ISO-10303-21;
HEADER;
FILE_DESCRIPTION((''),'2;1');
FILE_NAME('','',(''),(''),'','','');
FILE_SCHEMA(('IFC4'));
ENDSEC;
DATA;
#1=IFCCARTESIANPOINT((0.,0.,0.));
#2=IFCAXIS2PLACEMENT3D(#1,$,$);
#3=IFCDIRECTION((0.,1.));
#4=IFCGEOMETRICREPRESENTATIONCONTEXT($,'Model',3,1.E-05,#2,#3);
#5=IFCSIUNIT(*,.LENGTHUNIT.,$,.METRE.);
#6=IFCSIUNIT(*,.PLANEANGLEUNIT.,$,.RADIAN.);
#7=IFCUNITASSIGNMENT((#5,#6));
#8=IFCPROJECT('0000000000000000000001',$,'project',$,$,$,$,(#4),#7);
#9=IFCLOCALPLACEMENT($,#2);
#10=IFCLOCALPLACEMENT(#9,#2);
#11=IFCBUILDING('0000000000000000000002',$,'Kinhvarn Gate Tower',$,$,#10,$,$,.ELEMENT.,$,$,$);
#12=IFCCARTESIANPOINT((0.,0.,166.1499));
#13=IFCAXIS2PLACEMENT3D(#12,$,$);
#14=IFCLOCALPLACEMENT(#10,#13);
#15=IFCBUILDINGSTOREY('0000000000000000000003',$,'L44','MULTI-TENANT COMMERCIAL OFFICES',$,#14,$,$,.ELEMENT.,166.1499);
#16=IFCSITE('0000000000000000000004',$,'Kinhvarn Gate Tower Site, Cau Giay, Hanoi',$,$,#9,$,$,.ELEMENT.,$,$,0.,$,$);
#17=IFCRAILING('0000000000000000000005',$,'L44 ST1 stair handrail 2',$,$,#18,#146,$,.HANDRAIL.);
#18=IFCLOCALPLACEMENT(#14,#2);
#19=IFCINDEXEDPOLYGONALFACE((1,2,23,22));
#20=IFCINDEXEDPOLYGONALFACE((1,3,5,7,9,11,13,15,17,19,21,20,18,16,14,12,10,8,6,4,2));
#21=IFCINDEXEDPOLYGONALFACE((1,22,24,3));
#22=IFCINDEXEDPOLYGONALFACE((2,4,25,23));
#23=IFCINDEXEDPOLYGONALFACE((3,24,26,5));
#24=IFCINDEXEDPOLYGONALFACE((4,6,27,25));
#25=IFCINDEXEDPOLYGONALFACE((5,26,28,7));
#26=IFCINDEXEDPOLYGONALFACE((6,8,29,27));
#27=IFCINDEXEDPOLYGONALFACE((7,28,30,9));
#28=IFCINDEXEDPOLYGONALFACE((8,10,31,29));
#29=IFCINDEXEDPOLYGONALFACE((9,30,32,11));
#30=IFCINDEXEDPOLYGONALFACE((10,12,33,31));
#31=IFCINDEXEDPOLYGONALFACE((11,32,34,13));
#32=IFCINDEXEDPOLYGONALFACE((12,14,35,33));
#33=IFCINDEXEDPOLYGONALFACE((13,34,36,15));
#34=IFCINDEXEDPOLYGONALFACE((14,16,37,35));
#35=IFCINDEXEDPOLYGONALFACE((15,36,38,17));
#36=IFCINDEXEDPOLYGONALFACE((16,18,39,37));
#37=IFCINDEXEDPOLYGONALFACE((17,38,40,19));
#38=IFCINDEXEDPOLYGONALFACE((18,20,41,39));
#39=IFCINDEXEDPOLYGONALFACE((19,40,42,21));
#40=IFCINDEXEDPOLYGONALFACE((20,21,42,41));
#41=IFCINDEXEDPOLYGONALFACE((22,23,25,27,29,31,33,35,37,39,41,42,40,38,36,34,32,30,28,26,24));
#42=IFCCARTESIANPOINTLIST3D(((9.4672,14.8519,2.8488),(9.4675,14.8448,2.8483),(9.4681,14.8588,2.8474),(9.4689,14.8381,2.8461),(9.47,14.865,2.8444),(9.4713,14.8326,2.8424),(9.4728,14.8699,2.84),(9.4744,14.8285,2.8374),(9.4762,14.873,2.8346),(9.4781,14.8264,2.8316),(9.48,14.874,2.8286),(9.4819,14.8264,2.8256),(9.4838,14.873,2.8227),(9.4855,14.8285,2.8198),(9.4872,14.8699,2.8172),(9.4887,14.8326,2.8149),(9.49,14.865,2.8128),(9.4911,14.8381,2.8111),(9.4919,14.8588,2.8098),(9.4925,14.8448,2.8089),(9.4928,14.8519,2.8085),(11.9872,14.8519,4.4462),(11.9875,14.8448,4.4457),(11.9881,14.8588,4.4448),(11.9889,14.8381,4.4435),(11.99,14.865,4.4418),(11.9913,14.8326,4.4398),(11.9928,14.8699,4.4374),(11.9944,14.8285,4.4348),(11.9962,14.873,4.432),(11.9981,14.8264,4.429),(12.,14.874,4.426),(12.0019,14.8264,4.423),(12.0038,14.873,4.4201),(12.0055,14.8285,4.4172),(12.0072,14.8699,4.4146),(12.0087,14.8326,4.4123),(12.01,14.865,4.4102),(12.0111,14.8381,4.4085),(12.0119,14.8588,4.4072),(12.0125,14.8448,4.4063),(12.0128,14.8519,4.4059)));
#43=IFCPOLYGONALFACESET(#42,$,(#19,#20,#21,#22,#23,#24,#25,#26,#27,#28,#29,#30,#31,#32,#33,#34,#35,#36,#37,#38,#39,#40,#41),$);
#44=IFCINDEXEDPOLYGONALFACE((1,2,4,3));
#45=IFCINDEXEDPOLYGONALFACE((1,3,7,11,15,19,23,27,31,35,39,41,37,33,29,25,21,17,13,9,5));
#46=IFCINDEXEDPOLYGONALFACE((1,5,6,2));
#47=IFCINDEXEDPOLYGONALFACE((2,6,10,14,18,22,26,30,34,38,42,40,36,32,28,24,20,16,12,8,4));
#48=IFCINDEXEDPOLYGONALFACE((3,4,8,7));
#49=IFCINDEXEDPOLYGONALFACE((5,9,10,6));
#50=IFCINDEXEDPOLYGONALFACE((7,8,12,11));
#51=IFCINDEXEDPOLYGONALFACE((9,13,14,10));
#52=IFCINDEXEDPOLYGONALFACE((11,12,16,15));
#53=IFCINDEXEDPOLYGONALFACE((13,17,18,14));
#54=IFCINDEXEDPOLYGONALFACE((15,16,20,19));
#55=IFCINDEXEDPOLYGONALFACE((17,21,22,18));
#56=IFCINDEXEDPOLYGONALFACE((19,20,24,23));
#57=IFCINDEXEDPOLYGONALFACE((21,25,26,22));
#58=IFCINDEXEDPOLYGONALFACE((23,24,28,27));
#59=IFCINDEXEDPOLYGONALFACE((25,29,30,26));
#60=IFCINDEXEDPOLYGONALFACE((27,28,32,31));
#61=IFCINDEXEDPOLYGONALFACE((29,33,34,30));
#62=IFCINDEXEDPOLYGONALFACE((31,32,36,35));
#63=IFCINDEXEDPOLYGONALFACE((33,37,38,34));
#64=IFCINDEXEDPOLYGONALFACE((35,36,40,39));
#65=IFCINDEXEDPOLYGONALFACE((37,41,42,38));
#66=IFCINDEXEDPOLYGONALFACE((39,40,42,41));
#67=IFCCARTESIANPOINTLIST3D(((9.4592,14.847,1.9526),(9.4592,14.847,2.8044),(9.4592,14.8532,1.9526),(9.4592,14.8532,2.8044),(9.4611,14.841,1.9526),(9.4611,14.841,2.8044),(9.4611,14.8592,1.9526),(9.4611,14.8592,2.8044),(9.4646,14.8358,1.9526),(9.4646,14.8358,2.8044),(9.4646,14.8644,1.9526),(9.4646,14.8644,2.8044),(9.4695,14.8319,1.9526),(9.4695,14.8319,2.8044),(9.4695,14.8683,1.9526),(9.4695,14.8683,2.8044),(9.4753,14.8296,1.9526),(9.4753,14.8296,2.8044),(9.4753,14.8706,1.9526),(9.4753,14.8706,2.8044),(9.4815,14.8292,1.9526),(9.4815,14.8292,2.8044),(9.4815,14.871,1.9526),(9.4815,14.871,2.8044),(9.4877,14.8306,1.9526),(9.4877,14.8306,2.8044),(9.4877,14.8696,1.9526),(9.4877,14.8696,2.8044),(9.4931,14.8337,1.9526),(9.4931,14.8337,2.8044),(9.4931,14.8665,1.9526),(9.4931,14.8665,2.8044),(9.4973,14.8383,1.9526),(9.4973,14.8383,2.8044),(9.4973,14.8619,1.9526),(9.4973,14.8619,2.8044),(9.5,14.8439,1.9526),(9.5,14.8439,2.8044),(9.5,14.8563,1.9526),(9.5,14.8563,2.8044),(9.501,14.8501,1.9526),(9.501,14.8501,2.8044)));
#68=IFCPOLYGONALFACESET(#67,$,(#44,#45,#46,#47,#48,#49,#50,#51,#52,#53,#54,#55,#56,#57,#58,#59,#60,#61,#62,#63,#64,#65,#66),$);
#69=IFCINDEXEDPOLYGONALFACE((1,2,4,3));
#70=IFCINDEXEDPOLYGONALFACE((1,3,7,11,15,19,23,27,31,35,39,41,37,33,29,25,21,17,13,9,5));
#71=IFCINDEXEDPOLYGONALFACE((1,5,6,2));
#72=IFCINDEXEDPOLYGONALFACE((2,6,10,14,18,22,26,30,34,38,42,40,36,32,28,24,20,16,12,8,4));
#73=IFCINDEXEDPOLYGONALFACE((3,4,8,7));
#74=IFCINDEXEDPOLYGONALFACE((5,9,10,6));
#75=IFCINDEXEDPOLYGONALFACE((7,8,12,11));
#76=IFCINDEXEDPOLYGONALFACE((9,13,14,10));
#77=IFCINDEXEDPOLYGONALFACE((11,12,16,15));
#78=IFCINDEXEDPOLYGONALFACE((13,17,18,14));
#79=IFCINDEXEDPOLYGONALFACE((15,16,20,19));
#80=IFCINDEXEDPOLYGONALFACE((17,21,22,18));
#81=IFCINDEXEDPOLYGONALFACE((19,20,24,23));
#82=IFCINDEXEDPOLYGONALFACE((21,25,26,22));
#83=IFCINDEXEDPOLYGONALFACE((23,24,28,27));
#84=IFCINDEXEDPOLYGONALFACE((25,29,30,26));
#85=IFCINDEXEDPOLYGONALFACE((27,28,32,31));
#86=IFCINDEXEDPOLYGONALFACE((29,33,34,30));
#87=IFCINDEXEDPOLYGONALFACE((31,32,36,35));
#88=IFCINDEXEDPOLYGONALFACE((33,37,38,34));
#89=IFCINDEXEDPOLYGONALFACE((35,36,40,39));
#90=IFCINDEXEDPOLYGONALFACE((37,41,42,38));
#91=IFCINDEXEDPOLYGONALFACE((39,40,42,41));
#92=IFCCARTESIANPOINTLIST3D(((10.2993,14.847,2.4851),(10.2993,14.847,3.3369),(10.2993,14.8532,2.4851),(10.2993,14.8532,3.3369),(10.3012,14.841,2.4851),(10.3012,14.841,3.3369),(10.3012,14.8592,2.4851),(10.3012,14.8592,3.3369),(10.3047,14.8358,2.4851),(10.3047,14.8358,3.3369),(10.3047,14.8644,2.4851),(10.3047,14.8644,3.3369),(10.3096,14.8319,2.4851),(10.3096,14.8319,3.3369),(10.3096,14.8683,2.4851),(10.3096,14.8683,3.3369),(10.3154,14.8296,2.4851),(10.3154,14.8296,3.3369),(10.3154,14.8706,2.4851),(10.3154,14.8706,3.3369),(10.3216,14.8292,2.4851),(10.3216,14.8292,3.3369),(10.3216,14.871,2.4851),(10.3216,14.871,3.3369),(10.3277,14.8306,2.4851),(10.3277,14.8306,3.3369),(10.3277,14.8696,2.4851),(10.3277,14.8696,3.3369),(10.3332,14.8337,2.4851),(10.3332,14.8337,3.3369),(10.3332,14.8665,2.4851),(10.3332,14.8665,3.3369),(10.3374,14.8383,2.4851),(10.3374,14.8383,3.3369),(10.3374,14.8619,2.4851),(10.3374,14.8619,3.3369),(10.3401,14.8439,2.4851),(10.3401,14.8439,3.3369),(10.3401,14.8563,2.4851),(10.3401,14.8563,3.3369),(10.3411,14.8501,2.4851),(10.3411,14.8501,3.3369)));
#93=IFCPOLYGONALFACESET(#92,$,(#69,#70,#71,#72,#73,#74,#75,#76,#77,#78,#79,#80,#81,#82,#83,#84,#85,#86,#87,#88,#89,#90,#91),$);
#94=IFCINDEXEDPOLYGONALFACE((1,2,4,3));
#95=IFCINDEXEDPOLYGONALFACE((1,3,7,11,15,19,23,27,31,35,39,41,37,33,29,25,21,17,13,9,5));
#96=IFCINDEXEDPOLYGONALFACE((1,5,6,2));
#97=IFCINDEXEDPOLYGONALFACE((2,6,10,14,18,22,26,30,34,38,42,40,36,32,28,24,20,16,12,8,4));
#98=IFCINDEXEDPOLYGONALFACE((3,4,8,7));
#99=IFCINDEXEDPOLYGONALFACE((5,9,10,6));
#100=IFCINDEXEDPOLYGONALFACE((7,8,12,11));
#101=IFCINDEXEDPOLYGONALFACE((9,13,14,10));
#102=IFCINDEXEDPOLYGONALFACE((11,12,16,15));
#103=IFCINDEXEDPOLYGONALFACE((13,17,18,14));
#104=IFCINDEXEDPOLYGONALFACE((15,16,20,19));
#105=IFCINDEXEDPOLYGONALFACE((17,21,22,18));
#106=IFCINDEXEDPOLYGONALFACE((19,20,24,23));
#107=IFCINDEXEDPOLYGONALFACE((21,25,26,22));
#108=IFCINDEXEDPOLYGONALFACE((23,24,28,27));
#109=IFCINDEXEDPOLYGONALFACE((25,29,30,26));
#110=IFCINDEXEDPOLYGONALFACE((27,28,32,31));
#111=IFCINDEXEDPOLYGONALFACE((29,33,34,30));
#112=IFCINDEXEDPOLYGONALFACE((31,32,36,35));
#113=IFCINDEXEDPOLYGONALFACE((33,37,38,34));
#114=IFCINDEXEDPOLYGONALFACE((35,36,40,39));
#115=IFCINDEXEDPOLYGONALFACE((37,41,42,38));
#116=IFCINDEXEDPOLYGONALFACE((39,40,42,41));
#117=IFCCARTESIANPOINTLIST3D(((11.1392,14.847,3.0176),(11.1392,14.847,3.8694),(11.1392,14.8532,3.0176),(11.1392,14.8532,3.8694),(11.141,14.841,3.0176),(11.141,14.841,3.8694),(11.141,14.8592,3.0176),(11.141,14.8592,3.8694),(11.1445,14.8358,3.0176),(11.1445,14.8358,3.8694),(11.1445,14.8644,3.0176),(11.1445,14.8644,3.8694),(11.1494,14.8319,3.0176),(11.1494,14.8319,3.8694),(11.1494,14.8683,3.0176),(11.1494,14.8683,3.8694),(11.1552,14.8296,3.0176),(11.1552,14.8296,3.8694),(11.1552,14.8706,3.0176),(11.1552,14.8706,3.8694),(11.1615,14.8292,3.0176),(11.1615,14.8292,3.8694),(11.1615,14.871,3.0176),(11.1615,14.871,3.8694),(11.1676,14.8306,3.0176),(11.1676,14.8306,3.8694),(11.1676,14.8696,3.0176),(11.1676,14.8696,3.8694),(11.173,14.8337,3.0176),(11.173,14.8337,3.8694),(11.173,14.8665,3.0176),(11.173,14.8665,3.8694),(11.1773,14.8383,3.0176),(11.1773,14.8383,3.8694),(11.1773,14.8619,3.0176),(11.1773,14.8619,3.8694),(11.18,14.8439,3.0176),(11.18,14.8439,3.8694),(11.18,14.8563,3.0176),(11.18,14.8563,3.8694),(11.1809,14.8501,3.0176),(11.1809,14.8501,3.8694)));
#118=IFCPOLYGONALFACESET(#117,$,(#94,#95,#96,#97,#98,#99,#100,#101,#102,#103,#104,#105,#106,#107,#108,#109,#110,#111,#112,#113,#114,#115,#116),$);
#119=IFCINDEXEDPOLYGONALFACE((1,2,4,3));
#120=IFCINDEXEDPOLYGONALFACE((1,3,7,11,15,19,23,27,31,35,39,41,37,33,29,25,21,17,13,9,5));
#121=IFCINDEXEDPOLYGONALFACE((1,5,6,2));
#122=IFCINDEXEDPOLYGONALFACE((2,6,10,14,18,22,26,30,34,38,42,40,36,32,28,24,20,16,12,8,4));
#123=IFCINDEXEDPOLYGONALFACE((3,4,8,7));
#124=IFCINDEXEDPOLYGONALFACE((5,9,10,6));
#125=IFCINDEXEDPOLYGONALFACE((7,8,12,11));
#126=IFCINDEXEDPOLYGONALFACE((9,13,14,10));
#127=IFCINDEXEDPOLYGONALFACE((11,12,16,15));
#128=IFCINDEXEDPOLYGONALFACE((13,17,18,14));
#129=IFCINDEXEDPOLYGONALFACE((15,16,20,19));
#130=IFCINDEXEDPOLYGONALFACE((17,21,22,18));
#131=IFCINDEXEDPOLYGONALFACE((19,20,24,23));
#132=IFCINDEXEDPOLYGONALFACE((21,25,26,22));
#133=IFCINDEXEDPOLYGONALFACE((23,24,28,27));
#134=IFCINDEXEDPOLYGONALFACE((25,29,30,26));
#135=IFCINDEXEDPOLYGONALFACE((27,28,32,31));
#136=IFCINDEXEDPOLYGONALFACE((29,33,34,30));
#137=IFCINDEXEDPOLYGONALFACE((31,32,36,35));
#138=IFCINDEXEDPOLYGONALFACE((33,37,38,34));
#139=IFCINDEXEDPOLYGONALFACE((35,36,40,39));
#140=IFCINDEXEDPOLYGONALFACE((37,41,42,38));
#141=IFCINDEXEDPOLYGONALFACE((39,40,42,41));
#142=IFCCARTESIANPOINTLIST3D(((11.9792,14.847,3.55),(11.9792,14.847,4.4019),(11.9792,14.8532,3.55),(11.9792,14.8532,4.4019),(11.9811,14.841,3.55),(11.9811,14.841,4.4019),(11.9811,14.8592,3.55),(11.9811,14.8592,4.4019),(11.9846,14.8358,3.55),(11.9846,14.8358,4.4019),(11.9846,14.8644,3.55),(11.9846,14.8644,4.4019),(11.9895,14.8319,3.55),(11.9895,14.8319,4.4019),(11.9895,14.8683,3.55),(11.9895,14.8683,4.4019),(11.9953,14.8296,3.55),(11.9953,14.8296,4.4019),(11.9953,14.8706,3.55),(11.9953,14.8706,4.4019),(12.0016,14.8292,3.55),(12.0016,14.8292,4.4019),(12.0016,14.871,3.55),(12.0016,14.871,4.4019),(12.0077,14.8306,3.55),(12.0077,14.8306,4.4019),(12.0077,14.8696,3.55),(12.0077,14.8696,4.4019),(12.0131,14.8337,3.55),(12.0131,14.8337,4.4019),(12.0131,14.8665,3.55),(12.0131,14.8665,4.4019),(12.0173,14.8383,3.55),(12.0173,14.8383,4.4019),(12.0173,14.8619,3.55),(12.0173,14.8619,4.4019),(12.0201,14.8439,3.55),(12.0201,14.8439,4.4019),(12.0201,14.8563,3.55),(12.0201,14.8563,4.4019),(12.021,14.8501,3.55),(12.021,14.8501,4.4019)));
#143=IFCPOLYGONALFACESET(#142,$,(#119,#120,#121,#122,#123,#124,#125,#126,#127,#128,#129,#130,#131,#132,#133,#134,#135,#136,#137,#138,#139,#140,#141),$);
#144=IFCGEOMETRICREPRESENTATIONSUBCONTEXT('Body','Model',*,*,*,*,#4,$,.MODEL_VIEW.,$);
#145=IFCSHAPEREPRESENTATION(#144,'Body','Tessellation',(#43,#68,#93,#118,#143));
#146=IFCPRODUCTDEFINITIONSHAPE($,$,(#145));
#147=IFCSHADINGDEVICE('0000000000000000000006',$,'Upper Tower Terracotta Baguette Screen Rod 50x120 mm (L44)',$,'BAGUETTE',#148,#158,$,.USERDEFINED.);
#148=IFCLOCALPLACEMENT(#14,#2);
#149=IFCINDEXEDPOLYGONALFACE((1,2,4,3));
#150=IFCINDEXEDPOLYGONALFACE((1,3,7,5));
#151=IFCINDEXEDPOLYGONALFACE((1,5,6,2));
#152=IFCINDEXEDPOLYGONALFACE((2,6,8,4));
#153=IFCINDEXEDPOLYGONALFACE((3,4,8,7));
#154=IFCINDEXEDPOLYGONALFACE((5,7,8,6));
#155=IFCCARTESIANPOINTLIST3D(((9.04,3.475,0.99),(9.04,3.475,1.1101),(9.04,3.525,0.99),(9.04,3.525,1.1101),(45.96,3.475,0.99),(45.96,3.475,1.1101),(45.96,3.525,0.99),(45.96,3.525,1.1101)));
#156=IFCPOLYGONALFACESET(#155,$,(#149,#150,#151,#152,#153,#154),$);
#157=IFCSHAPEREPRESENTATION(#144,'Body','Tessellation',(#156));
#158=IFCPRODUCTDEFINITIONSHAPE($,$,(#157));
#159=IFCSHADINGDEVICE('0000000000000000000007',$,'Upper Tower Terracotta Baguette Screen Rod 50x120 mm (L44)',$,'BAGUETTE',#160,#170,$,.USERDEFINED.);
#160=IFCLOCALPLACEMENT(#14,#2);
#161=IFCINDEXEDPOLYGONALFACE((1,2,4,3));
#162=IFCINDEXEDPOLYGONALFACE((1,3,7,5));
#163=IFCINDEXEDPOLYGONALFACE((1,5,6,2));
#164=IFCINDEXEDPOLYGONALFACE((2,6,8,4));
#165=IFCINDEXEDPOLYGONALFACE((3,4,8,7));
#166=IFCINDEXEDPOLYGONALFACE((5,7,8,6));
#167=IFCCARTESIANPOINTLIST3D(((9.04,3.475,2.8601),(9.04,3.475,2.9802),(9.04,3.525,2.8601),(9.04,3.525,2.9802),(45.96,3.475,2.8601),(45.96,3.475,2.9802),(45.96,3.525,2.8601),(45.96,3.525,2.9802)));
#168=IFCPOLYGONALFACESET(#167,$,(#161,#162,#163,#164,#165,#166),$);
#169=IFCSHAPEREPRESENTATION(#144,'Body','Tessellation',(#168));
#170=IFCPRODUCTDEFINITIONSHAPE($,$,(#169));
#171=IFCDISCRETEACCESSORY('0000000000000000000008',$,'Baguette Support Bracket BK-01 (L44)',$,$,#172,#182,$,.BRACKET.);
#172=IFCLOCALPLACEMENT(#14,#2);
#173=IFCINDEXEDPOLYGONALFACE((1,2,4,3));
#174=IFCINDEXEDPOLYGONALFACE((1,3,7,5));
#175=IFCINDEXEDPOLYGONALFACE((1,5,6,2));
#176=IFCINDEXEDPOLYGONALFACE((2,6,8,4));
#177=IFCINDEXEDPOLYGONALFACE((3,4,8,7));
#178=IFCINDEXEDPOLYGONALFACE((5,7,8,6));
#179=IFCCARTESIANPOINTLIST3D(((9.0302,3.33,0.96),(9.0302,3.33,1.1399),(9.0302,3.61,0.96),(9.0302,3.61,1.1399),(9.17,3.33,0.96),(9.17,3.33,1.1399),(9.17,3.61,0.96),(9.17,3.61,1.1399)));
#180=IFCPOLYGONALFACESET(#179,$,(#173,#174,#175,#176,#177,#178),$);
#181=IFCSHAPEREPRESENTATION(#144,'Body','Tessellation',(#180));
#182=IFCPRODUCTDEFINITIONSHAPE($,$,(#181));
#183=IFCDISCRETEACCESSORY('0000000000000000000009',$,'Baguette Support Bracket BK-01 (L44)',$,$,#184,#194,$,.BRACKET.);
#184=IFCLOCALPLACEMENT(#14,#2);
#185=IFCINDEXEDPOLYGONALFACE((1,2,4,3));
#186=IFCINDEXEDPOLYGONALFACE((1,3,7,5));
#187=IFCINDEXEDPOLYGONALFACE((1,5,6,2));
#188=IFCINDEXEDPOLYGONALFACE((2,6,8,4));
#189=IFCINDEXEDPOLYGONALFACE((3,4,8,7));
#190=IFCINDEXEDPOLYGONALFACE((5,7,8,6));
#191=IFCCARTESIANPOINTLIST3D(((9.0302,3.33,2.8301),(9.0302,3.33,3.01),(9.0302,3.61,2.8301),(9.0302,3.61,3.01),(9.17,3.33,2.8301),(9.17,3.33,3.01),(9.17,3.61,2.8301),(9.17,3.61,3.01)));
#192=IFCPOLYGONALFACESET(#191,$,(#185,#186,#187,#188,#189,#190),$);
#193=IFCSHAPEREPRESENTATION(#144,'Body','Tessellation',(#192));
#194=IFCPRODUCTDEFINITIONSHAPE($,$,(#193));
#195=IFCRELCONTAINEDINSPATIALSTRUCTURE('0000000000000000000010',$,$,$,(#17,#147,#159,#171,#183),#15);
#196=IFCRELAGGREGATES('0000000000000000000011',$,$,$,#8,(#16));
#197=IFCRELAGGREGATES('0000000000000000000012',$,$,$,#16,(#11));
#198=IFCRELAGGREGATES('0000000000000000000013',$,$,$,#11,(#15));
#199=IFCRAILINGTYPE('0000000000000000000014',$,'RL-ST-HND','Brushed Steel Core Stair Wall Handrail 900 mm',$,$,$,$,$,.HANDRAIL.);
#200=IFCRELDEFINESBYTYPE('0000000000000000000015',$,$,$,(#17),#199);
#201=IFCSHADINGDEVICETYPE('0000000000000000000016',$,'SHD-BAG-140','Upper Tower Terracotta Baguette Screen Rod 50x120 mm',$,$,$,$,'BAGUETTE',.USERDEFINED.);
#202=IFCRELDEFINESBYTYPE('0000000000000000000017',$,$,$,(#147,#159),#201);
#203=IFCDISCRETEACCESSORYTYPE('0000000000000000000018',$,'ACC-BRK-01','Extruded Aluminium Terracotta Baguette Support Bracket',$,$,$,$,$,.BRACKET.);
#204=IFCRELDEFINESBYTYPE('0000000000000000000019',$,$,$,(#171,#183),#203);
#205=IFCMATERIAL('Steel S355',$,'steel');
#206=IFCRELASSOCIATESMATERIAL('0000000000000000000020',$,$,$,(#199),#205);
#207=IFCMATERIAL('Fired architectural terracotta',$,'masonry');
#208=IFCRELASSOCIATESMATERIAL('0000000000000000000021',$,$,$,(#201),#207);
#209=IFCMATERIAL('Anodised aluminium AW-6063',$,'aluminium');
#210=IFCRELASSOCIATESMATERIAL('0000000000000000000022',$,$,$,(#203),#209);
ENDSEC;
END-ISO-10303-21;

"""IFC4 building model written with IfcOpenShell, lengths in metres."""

from ifc_helpers import new_model, si_unit, direction, frame, origin, origin_2d, place, context, subcontext, project, spatial, rectangle, circle, extrude, material, material_profile, profile_set, type_object, element, save


model = new_model("IFC4")

# Units and contexts
model_context = context("Model", 3, precision=1e-05, world=origin(), true_north=direction((0.0, 1.0)))
body_context = subcontext(model_context, "Body", "Model", "MODEL_VIEW")
ifc_project = project(units=[si_unit("LENGTHUNIT", "METRE"), si_unit("PLANEANGLEUNIT", "RADIAN")], contexts=[model_context])

# Site, building, storey
site_placement = place(None, origin())
site = spatial("IfcSite", under=ifc_project, at=site_placement, Name="Kinhvarn Gate Tower Site, Cau Giay, Hanoi", CompositionType="ELEMENT", RefElevation=0.0)
building_placement = place(site_placement, origin())
building = spatial("IfcBuilding", under=site, at=building_placement, Name="Kinhvarn Gate Tower", CompositionType="ELEMENT")
storey_placement = place(building_placement, frame((0.0, 0.0, 166.1499)))
storey = spatial("IfcBuildingStorey", under=building, at=storey_placement, Name="L44", Description="MULTI-TENANT COMMERCIAL OFFICES", CompositionType="ELEMENT", Elevation=166.1499)

# Shared definitions
ifc_material_1 = material(Name="Anodised aluminium AW-6063", Category="aluminium")

# Shared definitions
ifc_material_2 = material(Name="Steel S355", Category="steel")

# Shared definitions
ifc_material_3 = material(Name="Fired architectural terracotta", Category="masonry")

# Railing
railing_type_1 = type_object("IfcRailingType", Name="RL-ST-HND", Description="Brushed Steel Core Stair Wall Handrail 900 mm", PredefinedType="HANDRAIL", material=ifc_material_2)
railing_1_placement = place(storey_placement, frame((9.48, 14.8501, 1.9526)))
element("IfcRailing", 1, at=railing_1_placement, inside=storey, type_object=railing_type_1, Name="L44 ST1 stair handrail 2", PredefinedType="HANDRAIL", context=body_context, shape_type="SweptSolid", body=[
    extrude(circle(Radius=0.0239, at=origin_2d()), frame((0.0, 0.0, 0.876), z_axis=(0.844607, 0.0, 0.535387), x_axis=(0.0, 1.0, 0.0)), (0.0, 0.0, 1.0), 2.9836),
    extrude(circle(Radius=0.021, at=origin_2d()), origin(), (0.0, 0.0, 1.0), 0.8518),
    extrude(circle(Radius=0.021, at=origin_2d()), frame((0.8401, 0.0, 0.5325)), (0.0, 0.0, 1.0), 0.8518),
    extrude(circle(Radius=0.021, at=origin_2d()), frame((1.6799, 0.0, 1.0649)), (0.0, 0.0, 1.0), 0.8518),
    extrude(circle(Radius=0.021, at=origin_2d()), frame((2.52, 0.0, 1.5974)), (0.0, 0.0, 1.0), 0.8518),
])

# Shading devices
ifc_material_profile_1 = material_profile(ifc_material_3, rectangle(XDim=0.05, YDim=0.1201, at=origin_2d()), Name="TC 50x120")
ifc_profile_set_1 = profile_set([ifc_material_profile_1], Name="Fired architectural terracotta")
shading_device_type = type_object("IfcShadingDeviceType", Name="SHD-BAG-140", Description="Upper Tower Terracotta Baguette Screen Rod 50x120 mm", ElementType="BAGUETTE", PredefinedType="USERDEFINED", material=ifc_profile_set_1)
for number, where, z_axis, x_axis, name in (
    (2, (9.04, 3.5, 1.05), (1.0, 0.0, 0.0), (0.0, 1.0, 0.0), "Upper Tower Terracotta Baguette Screen Rod 50x120 mm (L44)"),
    (3, (9.04, 3.5, 2.9202), (1.0, 0.0, 0.0), (0.0, 1.0, 0.0), "Upper Tower Terracotta Baguette Screen Rod 50x120 mm (L44)"),
):
    element("IfcShadingDevice", number, at=place(storey_placement, frame(where, z_axis=z_axis, x_axis=x_axis)), inside=storey, type_object=shading_device_type, Name=name, ObjectType="BAGUETTE", PredefinedType="USERDEFINED", context=body_context, shape_type="SweptSolid", body=[
        extrude(rectangle(XDim=0.05, YDim=0.1201, at=origin_2d()), origin(), (0.0, 0.0, 1.0), 36.9199),
    ])

# Discrete accessories
discrete_accessory_type = type_object("IfcDiscreteAccessoryType", Name="ACC-BRK-01", Description="Extruded Aluminium Terracotta Baguette Support Bracket", PredefinedType="BRACKET", material=ifc_material_1)
for number, where, z_axis, x_axis, name in (
    (4, (9.1001, 3.47, 0.96), (0.0, 0.0, 1.0), (1.0, 0.0, 0.0), "Baguette Support Bracket BK-01 (L44)"),
    (5, (9.1001, 3.47, 2.8301), (0.0, 0.0, 1.0), (1.0, 0.0, 0.0), "Baguette Support Bracket BK-01 (L44)"),
):
    element("IfcDiscreteAccessory", number, at=place(storey_placement, frame(where, z_axis=z_axis, x_axis=x_axis)), inside=storey, type_object=discrete_accessory_type, Name=name, PredefinedType="BRACKET", context=body_context, shape_type="SweptSolid", body=[
        extrude(rectangle(XDim=0.1399, YDim=0.28, at=origin_2d()), origin(), (0.0, 0.0, 1.0), 0.1799),
    ])

save(model, "model.ifc")
